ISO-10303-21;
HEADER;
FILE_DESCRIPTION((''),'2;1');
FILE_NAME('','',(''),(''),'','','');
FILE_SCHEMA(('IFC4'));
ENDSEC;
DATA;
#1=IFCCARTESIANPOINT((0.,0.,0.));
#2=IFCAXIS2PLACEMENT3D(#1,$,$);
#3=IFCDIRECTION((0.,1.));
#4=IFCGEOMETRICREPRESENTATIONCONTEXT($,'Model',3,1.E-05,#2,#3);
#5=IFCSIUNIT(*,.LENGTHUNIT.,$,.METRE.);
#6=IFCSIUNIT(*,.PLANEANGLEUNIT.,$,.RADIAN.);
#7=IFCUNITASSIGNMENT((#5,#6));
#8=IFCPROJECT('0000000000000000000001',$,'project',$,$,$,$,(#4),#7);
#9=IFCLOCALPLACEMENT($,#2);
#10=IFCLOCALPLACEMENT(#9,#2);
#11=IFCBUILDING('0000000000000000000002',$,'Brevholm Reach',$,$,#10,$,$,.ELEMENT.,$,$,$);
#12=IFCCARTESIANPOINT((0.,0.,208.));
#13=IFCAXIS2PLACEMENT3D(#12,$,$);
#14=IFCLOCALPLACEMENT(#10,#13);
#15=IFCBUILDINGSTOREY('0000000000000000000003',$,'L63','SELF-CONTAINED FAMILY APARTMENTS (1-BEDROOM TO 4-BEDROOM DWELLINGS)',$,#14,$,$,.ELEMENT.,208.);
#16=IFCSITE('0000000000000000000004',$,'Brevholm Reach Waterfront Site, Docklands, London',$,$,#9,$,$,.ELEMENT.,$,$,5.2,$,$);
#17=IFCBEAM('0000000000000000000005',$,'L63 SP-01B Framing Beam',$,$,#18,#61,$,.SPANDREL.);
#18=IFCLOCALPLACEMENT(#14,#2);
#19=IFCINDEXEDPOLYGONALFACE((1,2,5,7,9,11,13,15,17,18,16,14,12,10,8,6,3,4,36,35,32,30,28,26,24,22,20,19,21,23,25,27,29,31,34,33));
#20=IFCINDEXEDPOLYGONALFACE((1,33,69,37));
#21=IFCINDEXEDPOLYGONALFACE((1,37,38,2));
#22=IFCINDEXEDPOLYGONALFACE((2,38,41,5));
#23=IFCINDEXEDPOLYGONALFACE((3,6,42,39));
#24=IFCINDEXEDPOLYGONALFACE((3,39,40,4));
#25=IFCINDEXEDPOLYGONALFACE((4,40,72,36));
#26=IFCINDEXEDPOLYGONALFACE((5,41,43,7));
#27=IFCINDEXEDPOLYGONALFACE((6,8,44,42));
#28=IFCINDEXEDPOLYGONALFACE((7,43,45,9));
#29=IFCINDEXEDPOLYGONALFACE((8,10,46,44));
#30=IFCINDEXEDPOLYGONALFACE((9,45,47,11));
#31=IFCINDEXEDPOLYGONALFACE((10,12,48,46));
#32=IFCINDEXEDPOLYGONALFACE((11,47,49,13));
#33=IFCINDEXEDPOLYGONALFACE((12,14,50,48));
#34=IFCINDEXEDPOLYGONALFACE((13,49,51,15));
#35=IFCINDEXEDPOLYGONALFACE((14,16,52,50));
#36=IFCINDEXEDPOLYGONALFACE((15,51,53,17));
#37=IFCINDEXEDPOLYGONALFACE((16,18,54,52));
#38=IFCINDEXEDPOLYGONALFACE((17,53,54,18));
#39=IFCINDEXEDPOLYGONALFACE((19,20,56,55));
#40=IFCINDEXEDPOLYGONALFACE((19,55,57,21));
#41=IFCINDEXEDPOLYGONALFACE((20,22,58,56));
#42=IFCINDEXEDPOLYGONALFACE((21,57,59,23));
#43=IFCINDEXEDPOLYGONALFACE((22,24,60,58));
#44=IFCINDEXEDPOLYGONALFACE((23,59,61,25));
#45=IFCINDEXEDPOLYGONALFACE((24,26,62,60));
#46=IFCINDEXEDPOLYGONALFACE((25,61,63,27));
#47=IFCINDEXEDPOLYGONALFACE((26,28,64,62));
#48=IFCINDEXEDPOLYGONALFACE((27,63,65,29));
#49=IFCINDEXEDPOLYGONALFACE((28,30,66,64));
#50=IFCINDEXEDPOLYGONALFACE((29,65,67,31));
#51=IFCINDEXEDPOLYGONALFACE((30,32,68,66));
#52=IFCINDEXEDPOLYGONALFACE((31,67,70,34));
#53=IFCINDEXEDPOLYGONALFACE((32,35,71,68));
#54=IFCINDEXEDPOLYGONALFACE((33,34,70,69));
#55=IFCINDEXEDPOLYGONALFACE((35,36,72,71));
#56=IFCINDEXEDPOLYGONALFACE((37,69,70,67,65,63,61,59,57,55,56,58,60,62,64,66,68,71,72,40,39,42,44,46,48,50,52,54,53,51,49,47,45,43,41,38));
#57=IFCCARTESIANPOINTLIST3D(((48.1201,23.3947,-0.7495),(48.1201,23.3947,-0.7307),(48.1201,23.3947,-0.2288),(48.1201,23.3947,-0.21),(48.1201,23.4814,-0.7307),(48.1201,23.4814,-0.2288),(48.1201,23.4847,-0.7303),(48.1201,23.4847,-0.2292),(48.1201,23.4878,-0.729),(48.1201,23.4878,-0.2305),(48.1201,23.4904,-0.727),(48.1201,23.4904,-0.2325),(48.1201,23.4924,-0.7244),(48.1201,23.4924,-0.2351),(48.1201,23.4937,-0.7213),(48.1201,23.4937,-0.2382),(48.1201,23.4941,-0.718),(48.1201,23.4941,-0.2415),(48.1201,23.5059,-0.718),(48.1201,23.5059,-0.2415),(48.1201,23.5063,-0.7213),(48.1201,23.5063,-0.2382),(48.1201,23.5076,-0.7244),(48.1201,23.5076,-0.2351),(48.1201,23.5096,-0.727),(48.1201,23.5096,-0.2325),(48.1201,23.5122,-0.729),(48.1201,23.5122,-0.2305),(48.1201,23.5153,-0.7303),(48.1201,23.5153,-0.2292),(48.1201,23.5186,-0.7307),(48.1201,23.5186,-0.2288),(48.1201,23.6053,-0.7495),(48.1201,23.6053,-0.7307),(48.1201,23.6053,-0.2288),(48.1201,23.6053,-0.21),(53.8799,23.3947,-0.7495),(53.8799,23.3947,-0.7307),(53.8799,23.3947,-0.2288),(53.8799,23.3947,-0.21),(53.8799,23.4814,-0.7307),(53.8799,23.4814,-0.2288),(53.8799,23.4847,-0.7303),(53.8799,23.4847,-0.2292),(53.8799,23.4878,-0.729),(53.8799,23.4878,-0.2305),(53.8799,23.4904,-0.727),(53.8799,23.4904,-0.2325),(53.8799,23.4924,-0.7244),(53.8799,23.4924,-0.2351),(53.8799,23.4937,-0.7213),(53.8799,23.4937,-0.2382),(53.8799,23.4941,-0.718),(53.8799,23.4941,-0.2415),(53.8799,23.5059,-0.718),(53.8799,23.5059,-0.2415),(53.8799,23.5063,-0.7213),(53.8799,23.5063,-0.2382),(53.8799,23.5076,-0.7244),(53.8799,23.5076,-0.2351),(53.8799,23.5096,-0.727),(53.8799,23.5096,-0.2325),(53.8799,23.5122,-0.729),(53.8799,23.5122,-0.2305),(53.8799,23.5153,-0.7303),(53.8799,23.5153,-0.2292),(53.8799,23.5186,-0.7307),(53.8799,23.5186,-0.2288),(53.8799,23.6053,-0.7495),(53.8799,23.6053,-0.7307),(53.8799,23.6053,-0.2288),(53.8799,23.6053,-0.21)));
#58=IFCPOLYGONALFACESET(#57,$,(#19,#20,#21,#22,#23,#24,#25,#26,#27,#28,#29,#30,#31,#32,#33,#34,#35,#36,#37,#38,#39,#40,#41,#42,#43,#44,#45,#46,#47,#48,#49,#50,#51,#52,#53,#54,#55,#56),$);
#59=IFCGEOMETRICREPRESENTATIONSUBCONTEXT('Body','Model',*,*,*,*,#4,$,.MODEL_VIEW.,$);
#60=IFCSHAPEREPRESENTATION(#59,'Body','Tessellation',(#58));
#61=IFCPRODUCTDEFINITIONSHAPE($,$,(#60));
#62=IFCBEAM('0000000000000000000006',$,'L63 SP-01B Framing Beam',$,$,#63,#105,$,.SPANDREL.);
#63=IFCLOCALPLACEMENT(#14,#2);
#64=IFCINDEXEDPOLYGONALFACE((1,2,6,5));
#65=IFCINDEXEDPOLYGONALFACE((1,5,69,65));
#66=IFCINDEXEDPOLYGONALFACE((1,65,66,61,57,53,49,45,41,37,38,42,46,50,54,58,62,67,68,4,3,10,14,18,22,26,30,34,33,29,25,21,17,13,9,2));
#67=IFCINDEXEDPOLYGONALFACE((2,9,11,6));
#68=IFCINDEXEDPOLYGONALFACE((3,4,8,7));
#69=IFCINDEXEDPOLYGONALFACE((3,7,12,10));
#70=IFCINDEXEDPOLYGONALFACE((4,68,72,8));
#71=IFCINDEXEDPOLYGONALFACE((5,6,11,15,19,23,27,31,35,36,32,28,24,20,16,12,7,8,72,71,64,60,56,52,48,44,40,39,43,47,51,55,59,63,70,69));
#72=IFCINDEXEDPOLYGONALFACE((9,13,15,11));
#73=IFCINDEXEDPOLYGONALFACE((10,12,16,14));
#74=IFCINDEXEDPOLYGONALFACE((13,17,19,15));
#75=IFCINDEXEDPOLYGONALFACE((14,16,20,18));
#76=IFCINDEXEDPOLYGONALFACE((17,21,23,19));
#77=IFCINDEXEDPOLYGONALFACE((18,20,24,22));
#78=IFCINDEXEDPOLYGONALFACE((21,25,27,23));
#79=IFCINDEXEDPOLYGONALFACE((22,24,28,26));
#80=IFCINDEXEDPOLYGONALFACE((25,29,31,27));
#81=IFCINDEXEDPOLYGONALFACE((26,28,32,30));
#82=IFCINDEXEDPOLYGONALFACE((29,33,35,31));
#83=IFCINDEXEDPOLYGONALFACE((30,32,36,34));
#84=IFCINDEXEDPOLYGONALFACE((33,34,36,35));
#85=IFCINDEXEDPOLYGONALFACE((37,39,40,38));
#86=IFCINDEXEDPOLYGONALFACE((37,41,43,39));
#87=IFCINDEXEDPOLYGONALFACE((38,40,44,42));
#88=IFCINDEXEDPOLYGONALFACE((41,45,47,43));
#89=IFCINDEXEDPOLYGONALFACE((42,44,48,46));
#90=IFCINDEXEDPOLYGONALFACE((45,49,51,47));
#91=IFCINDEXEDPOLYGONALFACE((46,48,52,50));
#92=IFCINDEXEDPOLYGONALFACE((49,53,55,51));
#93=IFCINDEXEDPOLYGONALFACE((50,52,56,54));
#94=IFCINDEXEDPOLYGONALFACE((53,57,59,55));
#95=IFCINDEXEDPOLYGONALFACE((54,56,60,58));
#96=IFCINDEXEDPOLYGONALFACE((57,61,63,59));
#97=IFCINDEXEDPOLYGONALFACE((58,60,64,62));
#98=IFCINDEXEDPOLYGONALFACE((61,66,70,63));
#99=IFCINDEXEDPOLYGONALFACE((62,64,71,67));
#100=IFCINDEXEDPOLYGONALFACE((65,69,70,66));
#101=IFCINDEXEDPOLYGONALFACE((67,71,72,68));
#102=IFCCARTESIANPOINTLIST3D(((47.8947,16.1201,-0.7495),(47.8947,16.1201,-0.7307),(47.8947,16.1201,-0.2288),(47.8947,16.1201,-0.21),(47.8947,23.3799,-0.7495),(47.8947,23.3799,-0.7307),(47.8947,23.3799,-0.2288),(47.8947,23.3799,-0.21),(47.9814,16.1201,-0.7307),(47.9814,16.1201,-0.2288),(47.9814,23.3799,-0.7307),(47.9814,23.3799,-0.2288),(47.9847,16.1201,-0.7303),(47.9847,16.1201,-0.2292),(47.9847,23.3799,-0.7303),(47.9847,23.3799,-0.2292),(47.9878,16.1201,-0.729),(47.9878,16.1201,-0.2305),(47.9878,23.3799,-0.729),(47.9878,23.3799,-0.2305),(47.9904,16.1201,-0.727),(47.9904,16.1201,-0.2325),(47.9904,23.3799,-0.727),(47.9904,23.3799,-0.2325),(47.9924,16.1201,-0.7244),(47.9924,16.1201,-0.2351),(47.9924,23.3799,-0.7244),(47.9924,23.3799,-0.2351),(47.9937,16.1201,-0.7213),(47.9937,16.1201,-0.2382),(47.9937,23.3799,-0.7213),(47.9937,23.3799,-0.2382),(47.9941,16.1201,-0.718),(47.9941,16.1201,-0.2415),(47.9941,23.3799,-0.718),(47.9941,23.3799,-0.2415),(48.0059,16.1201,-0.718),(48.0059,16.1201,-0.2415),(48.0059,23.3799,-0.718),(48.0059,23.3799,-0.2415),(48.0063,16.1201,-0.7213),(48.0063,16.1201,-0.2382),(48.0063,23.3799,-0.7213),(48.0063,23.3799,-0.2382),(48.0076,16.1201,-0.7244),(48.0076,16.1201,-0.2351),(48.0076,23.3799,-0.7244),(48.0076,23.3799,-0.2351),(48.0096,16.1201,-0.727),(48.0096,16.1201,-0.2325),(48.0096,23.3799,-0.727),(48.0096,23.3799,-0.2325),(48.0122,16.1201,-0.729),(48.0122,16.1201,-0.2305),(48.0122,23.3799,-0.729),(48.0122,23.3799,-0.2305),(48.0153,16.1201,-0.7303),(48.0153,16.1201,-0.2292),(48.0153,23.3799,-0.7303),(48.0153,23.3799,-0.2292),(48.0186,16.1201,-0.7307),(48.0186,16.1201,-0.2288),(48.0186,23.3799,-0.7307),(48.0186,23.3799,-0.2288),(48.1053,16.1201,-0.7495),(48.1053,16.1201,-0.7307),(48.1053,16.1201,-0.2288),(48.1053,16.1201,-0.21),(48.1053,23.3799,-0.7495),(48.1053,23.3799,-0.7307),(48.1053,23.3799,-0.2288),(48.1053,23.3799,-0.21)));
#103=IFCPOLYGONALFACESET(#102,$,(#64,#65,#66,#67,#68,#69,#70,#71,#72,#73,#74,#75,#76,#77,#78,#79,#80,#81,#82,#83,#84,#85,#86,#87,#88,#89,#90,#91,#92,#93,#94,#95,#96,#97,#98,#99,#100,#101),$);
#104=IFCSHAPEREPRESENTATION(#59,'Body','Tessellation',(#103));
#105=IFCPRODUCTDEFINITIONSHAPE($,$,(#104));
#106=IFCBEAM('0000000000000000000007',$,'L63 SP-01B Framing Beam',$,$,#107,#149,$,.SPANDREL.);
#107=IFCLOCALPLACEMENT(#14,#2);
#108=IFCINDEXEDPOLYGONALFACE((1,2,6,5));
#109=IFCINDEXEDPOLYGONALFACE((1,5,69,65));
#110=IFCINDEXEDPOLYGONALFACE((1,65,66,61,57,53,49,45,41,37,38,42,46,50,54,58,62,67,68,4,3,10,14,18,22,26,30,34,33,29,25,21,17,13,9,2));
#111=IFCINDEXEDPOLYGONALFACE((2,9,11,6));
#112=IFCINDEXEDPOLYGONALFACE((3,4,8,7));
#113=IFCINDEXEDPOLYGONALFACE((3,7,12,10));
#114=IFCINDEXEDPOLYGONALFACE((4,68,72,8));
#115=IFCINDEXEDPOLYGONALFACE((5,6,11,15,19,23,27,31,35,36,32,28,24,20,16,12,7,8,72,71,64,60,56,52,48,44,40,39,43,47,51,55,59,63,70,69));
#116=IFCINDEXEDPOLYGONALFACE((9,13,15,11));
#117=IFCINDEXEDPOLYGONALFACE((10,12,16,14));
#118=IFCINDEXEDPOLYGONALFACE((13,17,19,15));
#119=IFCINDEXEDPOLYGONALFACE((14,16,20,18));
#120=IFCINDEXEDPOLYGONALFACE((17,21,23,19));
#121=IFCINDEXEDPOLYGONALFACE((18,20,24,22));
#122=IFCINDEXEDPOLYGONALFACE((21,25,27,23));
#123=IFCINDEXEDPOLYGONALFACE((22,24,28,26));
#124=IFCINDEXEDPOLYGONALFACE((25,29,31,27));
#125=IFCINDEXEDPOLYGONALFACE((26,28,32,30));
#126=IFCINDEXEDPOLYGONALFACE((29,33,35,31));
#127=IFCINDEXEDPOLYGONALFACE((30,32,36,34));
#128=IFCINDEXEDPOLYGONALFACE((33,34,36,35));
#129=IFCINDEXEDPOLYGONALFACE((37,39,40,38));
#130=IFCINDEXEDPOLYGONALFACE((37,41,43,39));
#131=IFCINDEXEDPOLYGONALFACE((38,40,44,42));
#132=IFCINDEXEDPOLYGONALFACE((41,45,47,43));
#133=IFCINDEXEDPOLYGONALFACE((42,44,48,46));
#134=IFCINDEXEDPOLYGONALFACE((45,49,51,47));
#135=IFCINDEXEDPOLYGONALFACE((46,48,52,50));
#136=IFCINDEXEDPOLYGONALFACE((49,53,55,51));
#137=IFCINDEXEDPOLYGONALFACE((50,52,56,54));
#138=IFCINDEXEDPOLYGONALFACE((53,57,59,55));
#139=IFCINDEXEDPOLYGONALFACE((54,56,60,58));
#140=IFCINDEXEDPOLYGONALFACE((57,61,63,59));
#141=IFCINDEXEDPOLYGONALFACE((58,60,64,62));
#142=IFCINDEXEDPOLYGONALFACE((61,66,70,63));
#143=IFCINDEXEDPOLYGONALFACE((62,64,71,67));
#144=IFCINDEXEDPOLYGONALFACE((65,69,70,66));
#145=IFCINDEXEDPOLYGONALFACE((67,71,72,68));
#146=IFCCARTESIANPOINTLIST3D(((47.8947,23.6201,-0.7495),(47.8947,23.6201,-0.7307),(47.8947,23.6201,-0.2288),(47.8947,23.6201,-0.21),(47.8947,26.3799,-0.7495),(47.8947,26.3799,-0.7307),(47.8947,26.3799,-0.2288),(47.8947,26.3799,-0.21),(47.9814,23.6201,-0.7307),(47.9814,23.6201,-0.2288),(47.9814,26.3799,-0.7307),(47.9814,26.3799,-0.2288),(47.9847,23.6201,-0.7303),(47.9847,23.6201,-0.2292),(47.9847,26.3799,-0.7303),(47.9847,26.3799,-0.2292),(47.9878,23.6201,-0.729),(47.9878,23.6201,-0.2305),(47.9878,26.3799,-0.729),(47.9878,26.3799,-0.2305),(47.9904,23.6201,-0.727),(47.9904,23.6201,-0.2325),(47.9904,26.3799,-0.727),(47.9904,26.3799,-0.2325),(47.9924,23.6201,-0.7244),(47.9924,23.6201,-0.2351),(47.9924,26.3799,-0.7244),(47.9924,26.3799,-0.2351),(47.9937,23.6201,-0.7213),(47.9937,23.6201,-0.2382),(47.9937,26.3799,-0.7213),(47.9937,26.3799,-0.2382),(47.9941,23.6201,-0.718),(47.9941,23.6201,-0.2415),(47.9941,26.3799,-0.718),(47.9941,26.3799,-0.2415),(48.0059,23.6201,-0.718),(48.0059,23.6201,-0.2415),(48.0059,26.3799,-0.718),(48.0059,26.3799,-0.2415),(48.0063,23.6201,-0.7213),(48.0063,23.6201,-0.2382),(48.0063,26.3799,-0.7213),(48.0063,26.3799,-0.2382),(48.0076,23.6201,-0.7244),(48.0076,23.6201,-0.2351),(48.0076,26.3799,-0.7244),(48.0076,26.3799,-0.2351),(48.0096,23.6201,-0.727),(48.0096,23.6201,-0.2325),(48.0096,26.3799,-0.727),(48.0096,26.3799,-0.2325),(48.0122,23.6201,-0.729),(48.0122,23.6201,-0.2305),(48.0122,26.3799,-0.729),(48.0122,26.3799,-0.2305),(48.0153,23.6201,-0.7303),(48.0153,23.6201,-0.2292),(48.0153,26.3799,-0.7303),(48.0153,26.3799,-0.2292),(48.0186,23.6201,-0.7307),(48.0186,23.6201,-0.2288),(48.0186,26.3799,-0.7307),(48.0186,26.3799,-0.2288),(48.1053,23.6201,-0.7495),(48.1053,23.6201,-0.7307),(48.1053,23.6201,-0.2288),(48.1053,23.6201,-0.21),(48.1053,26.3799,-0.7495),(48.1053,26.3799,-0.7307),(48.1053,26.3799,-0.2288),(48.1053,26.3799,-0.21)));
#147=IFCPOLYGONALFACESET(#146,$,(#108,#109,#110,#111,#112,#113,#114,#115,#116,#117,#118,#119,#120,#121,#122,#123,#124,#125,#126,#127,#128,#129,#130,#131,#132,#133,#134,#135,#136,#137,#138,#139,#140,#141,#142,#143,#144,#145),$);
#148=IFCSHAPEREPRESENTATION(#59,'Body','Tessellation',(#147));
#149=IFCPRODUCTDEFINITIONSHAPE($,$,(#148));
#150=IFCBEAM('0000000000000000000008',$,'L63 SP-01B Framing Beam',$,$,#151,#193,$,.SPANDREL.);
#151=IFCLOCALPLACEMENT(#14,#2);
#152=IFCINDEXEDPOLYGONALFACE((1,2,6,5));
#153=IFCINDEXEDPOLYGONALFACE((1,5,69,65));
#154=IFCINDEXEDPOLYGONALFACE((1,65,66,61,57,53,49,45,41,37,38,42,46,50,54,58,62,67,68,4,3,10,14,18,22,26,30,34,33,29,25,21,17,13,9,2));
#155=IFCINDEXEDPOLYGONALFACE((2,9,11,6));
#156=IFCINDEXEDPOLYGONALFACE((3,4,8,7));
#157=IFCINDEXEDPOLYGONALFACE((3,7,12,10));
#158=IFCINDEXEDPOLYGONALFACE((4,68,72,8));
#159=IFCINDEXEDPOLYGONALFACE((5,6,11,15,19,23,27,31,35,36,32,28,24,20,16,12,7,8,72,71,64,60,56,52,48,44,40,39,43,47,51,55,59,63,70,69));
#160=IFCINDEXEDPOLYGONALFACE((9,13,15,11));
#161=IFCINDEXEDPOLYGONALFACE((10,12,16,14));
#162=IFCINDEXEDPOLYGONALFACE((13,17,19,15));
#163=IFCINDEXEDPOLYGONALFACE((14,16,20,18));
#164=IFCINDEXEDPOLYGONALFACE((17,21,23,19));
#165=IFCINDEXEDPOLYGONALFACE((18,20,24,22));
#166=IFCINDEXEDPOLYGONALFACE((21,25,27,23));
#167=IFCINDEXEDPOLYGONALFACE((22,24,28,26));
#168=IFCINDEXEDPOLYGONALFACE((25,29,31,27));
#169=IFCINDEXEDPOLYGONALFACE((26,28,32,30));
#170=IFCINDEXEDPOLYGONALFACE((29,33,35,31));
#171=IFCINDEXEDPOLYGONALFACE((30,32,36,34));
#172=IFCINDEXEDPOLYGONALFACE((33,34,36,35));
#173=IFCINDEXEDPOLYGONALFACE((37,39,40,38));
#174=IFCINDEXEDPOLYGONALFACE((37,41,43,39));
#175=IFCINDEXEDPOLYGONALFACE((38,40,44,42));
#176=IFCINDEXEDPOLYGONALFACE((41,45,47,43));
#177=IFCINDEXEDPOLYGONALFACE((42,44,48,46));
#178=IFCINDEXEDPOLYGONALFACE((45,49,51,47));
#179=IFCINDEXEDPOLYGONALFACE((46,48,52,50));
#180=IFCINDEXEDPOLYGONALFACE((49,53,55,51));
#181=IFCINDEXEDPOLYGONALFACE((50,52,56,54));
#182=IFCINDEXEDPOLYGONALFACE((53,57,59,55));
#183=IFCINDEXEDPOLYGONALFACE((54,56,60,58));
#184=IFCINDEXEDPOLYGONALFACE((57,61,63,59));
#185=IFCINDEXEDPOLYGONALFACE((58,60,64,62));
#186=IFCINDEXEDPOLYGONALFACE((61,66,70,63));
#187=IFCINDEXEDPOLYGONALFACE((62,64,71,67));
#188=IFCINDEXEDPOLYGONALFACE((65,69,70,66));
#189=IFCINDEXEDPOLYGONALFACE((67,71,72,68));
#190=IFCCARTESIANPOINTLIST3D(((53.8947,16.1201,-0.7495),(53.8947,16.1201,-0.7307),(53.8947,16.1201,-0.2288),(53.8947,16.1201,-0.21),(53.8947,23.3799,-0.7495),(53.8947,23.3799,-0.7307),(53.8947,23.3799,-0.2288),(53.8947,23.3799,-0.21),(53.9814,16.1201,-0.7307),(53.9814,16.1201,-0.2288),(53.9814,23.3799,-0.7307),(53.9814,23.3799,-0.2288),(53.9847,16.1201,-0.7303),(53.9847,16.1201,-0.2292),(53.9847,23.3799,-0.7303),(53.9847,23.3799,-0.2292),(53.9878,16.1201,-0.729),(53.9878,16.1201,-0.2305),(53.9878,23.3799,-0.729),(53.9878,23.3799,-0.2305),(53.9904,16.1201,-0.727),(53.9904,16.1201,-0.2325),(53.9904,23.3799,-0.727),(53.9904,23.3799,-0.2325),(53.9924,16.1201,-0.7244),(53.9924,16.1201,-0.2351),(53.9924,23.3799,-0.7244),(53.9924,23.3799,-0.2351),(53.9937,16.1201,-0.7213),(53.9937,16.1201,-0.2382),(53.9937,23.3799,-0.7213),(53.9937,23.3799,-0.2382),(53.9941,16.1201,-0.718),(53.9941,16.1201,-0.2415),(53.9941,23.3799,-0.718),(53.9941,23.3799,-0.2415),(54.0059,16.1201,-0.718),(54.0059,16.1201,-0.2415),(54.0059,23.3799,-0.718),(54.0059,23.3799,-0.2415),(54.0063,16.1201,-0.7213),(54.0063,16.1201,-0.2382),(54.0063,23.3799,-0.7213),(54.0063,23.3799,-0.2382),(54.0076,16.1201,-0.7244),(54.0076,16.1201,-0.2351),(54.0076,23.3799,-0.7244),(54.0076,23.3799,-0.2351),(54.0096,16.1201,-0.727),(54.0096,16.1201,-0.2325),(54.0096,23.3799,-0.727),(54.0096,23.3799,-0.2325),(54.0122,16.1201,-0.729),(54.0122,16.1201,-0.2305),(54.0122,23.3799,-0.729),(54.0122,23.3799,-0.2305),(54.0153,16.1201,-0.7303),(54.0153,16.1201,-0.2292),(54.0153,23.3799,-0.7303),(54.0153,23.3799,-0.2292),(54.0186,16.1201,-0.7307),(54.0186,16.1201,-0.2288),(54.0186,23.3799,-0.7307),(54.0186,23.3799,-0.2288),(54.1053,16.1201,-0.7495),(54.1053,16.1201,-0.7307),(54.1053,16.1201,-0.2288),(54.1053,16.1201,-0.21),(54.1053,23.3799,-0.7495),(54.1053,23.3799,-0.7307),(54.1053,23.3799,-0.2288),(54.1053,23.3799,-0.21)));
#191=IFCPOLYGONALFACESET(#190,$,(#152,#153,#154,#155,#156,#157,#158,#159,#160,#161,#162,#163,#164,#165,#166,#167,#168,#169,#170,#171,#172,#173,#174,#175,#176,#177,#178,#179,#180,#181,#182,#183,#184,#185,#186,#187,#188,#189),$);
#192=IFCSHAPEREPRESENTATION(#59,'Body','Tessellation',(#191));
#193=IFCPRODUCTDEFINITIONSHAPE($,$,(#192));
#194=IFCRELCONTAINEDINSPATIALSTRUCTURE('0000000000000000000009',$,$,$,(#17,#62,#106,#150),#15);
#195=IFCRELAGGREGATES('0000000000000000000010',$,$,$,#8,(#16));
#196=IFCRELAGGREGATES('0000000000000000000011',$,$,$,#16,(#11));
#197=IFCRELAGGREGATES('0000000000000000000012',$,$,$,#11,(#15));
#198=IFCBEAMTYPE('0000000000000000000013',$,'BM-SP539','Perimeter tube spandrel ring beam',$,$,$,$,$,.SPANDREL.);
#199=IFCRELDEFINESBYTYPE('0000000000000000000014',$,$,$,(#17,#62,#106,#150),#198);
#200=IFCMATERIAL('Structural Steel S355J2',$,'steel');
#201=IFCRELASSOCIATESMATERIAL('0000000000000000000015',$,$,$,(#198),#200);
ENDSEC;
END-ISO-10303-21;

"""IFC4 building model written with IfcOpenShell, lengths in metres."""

from ifc_helpers import new_model, si_unit, direction, frame, origin, origin_2d, place, context, subcontext, project, spatial, i_section, extrude, material, material_profile, profile_set, type_object, element, save


model = new_model("IFC4")

# Units and contexts
model_context = context("Model", 3, precision=1e-05, world=origin(), true_north=direction((0.0, 1.0)))
body_context = subcontext(model_context, "Body", "Model", "MODEL_VIEW")
ifc_project = project(units=[si_unit("LENGTHUNIT", "METRE"), si_unit("PLANEANGLEUNIT", "RADIAN")], contexts=[model_context])

# Site, building, storey
site_placement = place(None, origin())
site = spatial("IfcSite", under=ifc_project, at=site_placement, Name="Brevholm Reach Waterfront Site, Docklands, London", CompositionType="ELEMENT", RefElevation=5.2)
building_placement = place(site_placement, origin())
building = spatial("IfcBuilding", under=site, at=building_placement, Name="Brevholm Reach", CompositionType="ELEMENT")
storey_placement = place(building_placement, frame((0.0, 0.0, 208.0)))
storey = spatial("IfcBuildingStorey", under=building, at=storey_placement, Name="L63", Description="SELF-CONTAINED FAMILY APARTMENTS (1-BEDROOM TO 4-BEDROOM DWELLINGS)", CompositionType="ELEMENT", Elevation=208.0)

# Beams
ifc_material_1 = material(Name="Structural Steel S355J2", Category="steel")
ifc_material_profile_1 = material_profile(ifc_material_1, i_section(OverallWidth=0.2107, OverallDepth=0.5396, WebThickness=0.0117, FlangeThickness=0.0188, FilletRadius=0.0127, at=origin_2d()), Name="UKB 533x210x109")
ifc_profile_set_1 = profile_set([ifc_material_profile_1], Name="Structural Steel S355J2")
beam_type_1 = type_object("IfcBeamType", Name="BM-SP539", Description="Perimeter tube spandrel ring beam", PredefinedType="SPANDREL", material=ifc_profile_set_1)
beam_1_placement = place(storey_placement, frame((48.1201, 23.5, -0.4797), z_axis=(1.0, 0.0, 0.0), x_axis=(0.0, 1.0, 0.0)))
element("IfcBeam", 1, at=beam_1_placement, inside=storey, type_object=beam_type_1, Name="L63 SP-01B Framing Beam", PredefinedType="SPANDREL", context=body_context, shape_type="SweptSolid", body=[
    extrude(i_section(OverallWidth=0.2107, OverallDepth=0.5396, WebThickness=0.0117, FlangeThickness=0.0188, FilletRadius=0.0127, at=origin_2d()), origin(), (0.0, 0.0, 1.0), 5.7598),
])
beam_2_placement = place(storey_placement, frame((48.0, 16.1201, -0.4797), z_axis=(0.0, 1.0, 0.0), x_axis=(-1.0, 0.0, 0.0)))
element("IfcBeam", 2, at=beam_2_placement, inside=storey, type_object=beam_type_1, Name="L63 SP-01B Framing Beam", PredefinedType="SPANDREL", context=body_context, shape_type="SweptSolid", body=[
    extrude(i_section(OverallWidth=0.2107, OverallDepth=0.5396, WebThickness=0.0117, FlangeThickness=0.0188, FilletRadius=0.0127, at=origin_2d()), origin(), (0.0, 0.0, 1.0), 7.2598),
])
beam_3_placement = place(storey_placement, frame((48.0, 23.6201, -0.4797), z_axis=(0.0, 1.0, 0.0), x_axis=(-1.0, 0.0, 0.0)))
element("IfcBeam", 3, at=beam_3_placement, inside=storey, type_object=beam_type_1, Name="L63 SP-01B Framing Beam", PredefinedType="SPANDREL", context=body_context, shape_type="SweptSolid", body=[
    extrude(i_section(OverallWidth=0.2107, OverallDepth=0.5396, WebThickness=0.0117, FlangeThickness=0.0188, FilletRadius=0.0127, at=origin_2d()), origin(), (0.0, 0.0, 1.0), 2.7598),
])
beam_4_placement = place(storey_placement, frame((54.0, 16.1201, -0.4797), z_axis=(0.0, 1.0, 0.0), x_axis=(-1.0, 0.0, 0.0)))
element("IfcBeam", 4, at=beam_4_placement, inside=storey, type_object=beam_type_1, Name="L63 SP-01B Framing Beam", PredefinedType="SPANDREL", context=body_context, shape_type="SweptSolid", body=[
    extrude(i_section(OverallWidth=0.2107, OverallDepth=0.5396, WebThickness=0.0117, FlangeThickness=0.0188, FilletRadius=0.0127, at=origin_2d()), origin(), (0.0, 0.0, 1.0), 7.2598),
])

save(model, "model.ifc")
